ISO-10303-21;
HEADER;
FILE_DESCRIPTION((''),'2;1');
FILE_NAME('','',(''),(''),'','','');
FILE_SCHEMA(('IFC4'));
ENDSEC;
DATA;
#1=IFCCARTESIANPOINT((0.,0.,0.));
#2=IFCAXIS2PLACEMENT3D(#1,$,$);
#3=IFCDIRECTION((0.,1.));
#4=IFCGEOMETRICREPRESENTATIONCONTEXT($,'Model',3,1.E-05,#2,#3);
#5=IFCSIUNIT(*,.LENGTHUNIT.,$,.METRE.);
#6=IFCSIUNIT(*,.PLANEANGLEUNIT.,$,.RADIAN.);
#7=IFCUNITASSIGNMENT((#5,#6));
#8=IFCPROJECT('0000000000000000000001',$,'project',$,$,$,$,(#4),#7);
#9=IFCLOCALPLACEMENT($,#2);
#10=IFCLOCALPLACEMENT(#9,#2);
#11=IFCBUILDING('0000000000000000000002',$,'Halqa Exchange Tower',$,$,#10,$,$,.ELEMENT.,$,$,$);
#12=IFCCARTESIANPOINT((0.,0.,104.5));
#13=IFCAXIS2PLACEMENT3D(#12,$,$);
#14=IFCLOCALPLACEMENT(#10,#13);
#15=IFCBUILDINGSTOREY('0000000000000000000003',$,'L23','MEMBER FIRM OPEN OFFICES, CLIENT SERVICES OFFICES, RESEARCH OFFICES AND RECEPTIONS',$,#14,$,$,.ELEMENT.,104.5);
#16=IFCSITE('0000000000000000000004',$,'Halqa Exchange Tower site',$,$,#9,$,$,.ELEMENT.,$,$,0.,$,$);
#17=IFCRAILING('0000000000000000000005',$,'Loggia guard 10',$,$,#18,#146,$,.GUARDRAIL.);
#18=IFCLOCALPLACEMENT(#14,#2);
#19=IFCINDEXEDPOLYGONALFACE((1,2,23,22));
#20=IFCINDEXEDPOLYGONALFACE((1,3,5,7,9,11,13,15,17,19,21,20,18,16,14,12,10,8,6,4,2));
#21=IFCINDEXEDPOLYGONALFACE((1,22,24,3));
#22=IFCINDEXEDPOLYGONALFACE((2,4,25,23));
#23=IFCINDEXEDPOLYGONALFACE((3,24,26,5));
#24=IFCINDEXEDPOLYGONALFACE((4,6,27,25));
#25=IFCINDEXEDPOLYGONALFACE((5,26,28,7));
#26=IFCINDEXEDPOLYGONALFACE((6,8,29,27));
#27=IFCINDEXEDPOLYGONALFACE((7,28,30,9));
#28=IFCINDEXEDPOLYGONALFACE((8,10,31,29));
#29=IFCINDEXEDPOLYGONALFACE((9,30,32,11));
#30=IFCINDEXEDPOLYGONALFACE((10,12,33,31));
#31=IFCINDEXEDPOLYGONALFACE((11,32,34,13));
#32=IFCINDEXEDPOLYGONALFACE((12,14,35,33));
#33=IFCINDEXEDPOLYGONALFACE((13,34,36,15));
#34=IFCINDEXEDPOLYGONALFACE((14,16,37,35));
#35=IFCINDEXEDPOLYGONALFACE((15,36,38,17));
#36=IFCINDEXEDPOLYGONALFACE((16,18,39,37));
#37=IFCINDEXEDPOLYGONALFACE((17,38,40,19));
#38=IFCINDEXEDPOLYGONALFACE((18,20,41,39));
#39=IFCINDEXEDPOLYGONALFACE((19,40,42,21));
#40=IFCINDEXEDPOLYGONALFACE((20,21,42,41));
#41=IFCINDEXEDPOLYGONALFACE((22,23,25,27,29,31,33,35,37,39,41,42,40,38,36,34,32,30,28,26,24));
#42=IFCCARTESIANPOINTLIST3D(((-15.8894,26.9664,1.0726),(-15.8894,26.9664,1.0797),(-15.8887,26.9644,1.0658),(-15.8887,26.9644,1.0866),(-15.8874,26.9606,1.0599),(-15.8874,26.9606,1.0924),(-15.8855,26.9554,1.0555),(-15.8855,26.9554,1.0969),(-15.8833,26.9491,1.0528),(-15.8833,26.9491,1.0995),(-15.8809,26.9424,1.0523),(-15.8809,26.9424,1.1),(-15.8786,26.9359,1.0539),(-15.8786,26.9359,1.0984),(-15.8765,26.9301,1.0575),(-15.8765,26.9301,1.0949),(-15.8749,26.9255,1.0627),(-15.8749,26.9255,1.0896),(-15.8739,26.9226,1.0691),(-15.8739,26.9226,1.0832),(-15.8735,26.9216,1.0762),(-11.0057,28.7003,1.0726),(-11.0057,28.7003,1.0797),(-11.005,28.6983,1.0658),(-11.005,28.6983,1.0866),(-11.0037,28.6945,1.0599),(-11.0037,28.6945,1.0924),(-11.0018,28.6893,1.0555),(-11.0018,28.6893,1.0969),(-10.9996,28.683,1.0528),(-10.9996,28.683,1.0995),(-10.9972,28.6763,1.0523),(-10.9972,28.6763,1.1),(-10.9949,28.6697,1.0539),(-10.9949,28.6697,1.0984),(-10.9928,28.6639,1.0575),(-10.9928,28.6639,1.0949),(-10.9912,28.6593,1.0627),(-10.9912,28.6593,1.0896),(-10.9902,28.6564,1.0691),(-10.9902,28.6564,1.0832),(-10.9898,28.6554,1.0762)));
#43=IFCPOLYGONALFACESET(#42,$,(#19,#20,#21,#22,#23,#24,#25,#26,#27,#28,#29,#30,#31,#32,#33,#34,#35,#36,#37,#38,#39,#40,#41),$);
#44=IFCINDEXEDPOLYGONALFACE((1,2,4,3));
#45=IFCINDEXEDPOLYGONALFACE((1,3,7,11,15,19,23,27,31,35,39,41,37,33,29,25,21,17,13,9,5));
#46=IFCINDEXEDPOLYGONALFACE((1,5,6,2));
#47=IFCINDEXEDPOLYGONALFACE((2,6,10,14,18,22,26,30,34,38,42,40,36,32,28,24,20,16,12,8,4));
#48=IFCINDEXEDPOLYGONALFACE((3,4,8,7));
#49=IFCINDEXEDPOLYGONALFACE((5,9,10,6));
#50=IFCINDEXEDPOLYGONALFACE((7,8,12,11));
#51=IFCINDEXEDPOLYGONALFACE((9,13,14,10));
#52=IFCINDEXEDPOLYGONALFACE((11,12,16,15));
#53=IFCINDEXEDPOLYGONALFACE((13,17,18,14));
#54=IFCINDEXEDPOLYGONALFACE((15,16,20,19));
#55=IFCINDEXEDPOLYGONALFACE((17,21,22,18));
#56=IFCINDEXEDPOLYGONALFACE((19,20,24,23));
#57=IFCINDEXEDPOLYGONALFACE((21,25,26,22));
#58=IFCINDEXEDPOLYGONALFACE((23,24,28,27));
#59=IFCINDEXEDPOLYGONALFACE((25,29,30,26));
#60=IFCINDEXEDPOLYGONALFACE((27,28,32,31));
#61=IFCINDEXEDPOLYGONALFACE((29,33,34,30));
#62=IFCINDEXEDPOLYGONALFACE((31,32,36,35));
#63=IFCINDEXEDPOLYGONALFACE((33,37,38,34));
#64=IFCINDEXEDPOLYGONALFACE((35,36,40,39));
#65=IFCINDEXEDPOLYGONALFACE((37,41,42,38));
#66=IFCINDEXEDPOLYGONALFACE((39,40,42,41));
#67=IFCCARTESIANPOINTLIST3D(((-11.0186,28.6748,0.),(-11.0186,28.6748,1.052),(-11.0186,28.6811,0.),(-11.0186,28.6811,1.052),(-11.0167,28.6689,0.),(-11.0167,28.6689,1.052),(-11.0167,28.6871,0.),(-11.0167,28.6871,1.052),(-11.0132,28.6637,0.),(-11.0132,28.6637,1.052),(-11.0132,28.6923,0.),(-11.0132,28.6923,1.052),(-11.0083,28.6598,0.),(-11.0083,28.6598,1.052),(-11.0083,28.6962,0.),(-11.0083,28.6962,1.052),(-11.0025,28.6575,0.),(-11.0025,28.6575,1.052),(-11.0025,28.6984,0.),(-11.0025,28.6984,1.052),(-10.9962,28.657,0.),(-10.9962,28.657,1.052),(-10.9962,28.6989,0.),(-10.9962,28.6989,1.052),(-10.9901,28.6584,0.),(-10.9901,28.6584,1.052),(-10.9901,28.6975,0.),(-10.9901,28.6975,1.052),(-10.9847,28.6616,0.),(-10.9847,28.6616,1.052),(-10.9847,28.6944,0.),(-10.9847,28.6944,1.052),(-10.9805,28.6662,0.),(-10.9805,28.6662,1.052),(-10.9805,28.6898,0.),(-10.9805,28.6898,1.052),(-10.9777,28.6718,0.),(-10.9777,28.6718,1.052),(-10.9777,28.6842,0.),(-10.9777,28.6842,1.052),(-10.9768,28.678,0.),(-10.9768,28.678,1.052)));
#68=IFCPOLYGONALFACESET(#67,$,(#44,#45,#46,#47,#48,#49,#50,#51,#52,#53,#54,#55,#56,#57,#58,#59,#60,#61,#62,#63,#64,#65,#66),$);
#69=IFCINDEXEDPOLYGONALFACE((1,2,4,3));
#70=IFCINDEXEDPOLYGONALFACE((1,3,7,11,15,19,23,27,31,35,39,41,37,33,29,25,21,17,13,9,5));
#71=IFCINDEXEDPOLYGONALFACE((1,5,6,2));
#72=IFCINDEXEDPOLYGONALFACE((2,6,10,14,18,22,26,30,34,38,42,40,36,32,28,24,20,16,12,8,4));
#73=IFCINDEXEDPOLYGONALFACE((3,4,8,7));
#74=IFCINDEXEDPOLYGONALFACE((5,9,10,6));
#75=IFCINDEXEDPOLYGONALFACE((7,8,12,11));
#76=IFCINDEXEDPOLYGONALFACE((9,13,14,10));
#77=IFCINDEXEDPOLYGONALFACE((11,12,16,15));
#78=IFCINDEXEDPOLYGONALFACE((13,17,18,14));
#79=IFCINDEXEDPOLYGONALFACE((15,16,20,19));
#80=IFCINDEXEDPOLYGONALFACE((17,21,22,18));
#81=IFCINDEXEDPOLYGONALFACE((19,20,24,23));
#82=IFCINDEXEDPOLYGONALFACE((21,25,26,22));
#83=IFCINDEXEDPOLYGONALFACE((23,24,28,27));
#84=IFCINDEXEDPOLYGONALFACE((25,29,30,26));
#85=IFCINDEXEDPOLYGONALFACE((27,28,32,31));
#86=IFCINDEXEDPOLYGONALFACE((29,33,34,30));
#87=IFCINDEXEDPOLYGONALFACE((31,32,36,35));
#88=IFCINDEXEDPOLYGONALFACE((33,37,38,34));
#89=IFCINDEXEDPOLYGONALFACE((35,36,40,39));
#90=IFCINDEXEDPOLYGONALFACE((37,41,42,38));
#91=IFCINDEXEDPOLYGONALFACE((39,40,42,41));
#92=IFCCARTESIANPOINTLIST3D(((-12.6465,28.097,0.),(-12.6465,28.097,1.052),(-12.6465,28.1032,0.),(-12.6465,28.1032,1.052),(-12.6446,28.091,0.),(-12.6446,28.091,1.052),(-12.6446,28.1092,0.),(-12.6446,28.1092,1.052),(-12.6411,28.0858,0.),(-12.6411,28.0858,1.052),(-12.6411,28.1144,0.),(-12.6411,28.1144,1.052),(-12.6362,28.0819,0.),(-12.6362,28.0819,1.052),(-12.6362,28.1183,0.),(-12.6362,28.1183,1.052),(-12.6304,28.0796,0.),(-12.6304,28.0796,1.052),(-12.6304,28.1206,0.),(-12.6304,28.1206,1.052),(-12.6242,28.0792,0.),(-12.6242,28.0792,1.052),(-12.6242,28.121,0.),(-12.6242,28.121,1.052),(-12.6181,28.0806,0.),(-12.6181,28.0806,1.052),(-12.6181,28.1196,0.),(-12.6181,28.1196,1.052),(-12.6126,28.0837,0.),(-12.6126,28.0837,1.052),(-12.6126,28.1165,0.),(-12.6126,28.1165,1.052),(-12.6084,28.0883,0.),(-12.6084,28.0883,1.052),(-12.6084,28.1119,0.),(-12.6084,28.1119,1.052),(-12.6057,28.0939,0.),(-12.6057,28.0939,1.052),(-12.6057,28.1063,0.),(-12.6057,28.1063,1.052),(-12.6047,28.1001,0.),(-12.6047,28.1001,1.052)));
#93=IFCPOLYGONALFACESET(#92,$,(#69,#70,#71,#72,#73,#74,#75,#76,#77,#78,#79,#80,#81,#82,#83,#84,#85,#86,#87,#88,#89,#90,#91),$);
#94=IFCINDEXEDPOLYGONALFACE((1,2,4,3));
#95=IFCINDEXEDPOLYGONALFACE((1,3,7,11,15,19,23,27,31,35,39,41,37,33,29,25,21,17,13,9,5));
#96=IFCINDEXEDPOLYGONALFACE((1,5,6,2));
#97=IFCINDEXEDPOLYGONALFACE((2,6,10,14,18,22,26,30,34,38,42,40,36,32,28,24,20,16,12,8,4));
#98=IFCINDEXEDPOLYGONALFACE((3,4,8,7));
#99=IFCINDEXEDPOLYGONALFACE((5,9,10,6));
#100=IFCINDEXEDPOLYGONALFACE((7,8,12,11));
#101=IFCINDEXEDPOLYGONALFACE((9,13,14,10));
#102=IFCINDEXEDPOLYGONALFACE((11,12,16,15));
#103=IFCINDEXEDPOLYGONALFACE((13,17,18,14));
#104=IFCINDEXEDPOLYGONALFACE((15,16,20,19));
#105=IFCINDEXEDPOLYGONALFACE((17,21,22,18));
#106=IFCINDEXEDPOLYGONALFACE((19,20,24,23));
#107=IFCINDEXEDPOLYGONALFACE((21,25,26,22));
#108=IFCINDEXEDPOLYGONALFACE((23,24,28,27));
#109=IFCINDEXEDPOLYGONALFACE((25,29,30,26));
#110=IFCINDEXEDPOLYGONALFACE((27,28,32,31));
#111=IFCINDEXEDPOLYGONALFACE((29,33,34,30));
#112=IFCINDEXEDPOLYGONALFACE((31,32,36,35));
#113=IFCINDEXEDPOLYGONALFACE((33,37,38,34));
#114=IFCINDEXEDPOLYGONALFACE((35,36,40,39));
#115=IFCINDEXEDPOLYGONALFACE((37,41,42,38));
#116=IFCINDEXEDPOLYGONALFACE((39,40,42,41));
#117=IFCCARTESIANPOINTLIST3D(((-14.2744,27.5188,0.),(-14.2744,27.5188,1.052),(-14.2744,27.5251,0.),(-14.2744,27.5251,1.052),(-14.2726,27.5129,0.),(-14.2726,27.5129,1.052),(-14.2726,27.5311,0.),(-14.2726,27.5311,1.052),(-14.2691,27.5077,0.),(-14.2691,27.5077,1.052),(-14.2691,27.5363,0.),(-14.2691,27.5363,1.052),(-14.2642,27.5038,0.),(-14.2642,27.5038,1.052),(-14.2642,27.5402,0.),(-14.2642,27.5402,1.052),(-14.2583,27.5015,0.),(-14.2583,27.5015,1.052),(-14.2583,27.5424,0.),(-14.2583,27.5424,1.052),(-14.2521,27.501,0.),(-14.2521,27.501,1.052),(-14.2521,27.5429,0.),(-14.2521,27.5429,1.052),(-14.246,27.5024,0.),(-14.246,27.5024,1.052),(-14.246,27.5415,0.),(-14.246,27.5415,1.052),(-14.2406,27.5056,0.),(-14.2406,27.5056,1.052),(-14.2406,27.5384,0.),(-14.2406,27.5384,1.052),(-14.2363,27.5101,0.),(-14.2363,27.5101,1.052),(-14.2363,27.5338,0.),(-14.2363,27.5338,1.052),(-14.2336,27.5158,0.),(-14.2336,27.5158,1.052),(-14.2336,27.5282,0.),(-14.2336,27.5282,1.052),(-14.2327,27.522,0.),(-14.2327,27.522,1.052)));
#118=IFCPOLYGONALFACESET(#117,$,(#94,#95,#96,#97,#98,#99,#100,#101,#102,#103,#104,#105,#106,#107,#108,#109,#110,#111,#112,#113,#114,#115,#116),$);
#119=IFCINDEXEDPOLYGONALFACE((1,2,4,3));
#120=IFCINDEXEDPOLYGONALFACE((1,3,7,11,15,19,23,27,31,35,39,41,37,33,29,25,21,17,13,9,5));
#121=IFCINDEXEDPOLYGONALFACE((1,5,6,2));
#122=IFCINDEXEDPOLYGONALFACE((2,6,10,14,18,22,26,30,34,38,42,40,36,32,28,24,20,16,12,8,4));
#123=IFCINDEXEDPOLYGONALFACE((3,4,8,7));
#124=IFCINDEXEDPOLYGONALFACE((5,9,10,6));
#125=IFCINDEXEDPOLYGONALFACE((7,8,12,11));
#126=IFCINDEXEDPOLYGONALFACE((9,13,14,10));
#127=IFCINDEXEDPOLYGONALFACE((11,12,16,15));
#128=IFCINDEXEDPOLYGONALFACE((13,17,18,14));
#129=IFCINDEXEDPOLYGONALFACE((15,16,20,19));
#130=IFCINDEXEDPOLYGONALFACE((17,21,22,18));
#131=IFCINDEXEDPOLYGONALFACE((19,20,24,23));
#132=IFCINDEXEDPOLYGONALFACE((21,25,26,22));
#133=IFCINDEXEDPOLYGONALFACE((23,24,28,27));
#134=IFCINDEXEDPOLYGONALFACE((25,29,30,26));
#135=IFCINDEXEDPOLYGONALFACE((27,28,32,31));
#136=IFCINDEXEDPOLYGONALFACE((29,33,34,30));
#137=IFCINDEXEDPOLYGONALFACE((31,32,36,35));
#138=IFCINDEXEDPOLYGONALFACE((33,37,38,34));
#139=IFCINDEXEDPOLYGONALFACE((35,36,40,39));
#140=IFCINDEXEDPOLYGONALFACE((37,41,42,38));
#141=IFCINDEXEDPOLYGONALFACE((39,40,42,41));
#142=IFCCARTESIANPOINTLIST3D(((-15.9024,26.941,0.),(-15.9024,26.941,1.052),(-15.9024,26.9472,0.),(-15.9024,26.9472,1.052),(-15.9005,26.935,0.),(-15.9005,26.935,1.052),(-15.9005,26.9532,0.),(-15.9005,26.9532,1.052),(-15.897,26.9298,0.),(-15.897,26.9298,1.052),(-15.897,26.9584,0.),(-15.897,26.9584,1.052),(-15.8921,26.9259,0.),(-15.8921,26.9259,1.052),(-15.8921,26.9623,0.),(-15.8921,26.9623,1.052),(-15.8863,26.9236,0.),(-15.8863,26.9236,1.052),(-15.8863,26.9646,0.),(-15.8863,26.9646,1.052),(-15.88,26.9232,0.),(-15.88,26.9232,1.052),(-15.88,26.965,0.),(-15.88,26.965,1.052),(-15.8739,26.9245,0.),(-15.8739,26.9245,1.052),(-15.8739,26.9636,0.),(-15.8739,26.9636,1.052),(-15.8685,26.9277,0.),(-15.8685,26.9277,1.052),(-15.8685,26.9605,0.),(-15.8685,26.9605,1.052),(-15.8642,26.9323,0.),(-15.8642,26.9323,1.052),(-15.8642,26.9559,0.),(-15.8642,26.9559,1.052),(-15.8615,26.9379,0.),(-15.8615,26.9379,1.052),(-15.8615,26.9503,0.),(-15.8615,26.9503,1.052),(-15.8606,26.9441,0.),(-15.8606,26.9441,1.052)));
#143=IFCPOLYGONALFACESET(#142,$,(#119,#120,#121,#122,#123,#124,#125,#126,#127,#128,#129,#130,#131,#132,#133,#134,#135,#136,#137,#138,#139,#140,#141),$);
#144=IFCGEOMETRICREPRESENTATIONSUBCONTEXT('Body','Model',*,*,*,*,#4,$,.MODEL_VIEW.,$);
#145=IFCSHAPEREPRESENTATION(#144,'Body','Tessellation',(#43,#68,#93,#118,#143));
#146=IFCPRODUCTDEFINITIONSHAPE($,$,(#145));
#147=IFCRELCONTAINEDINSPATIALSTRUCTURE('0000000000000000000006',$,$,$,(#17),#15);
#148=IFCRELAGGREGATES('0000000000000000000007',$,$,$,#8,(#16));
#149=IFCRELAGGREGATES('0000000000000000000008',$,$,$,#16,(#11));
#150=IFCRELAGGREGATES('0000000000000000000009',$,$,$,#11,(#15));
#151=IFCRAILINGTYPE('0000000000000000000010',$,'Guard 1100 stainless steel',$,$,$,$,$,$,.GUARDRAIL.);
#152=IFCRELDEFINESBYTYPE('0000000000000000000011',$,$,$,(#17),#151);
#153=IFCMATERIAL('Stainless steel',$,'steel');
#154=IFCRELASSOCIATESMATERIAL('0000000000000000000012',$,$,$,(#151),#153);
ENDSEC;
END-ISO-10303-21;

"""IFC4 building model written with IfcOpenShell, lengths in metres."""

from ifc_helpers import new_model, si_unit, direction, frame, origin, origin_2d, place, context, subcontext, project, spatial, circle, extrude, material, type_object, element, save


model = new_model("IFC4")

# Units and contexts
model_context = context("Model", 3, precision=1e-05, world=origin(), true_north=direction((0.0, 1.0)))
body_context = subcontext(model_context, "Body", "Model", "MODEL_VIEW")
ifc_project = project(units=[si_unit("LENGTHUNIT", "METRE"), si_unit("PLANEANGLEUNIT", "RADIAN")], contexts=[model_context])

# Site, building, storey
site_placement = place(None, origin())
site = spatial("IfcSite", under=ifc_project, at=site_placement, Name="Halqa Exchange Tower site", CompositionType="ELEMENT", RefElevation=0.0)
building_placement = place(site_placement, origin())
building = spatial("IfcBuilding", under=site, at=building_placement, Name="Halqa Exchange Tower", CompositionType="ELEMENT")
storey_placement = place(building_placement, frame((0.0, 0.0, 104.5)))
storey = spatial("IfcBuildingStorey", under=building, at=storey_placement, Name="L23", Description="MEMBER FIRM OPEN OFFICES, CLIENT SERVICES OFFICES, RESEARCH OFFICES AND RECEPTIONS", CompositionType="ELEMENT", Elevation=104.5)

# Railing
ifc_material_1 = material(Name="Stainless steel", Category="steel")
railing_type_1 = type_object("IfcRailingType", Name="Guard 1100 stainless steel", PredefinedType="GUARDRAIL", material=ifc_material_1)
railing_1_placement = place(storey_placement, frame((-10.9978, 28.678, 0.0)))
element("IfcRailing", 1, at=railing_1_placement, inside=storey, type_object=railing_type_1, Name="Loggia guard 10", PredefinedType="GUARDRAIL", context=body_context, shape_type="SweptSolid", body=[
    extrude(circle(Radius=0.0239, at=origin_2d()), frame((0.0, 0.0, 1.0762), z_axis=(-0.942371, -0.334569, 0.0), x_axis=(0.334569, -0.942371, 0.0)), (0.0, 0.0, 1.0), 5.1824),
    extrude(circle(Radius=0.021, at=origin_2d()), origin(), (0.0, 0.0, 1.0), 1.052),
    extrude(circle(Radius=0.021, at=origin_2d()), frame((-1.6279, -0.5779, 0.0)), (0.0, 0.0, 1.0), 1.052),
    extrude(circle(Radius=0.021, at=origin_2d()), frame((-3.2559, -1.156, 0.0)), (0.0, 0.0, 1.0), 1.052),
    extrude(circle(Radius=0.021, at=origin_2d()), frame((-4.8838, -1.7339, 0.0)), (0.0, 0.0, 1.0), 1.052),
])

save(model, "model.ifc")
